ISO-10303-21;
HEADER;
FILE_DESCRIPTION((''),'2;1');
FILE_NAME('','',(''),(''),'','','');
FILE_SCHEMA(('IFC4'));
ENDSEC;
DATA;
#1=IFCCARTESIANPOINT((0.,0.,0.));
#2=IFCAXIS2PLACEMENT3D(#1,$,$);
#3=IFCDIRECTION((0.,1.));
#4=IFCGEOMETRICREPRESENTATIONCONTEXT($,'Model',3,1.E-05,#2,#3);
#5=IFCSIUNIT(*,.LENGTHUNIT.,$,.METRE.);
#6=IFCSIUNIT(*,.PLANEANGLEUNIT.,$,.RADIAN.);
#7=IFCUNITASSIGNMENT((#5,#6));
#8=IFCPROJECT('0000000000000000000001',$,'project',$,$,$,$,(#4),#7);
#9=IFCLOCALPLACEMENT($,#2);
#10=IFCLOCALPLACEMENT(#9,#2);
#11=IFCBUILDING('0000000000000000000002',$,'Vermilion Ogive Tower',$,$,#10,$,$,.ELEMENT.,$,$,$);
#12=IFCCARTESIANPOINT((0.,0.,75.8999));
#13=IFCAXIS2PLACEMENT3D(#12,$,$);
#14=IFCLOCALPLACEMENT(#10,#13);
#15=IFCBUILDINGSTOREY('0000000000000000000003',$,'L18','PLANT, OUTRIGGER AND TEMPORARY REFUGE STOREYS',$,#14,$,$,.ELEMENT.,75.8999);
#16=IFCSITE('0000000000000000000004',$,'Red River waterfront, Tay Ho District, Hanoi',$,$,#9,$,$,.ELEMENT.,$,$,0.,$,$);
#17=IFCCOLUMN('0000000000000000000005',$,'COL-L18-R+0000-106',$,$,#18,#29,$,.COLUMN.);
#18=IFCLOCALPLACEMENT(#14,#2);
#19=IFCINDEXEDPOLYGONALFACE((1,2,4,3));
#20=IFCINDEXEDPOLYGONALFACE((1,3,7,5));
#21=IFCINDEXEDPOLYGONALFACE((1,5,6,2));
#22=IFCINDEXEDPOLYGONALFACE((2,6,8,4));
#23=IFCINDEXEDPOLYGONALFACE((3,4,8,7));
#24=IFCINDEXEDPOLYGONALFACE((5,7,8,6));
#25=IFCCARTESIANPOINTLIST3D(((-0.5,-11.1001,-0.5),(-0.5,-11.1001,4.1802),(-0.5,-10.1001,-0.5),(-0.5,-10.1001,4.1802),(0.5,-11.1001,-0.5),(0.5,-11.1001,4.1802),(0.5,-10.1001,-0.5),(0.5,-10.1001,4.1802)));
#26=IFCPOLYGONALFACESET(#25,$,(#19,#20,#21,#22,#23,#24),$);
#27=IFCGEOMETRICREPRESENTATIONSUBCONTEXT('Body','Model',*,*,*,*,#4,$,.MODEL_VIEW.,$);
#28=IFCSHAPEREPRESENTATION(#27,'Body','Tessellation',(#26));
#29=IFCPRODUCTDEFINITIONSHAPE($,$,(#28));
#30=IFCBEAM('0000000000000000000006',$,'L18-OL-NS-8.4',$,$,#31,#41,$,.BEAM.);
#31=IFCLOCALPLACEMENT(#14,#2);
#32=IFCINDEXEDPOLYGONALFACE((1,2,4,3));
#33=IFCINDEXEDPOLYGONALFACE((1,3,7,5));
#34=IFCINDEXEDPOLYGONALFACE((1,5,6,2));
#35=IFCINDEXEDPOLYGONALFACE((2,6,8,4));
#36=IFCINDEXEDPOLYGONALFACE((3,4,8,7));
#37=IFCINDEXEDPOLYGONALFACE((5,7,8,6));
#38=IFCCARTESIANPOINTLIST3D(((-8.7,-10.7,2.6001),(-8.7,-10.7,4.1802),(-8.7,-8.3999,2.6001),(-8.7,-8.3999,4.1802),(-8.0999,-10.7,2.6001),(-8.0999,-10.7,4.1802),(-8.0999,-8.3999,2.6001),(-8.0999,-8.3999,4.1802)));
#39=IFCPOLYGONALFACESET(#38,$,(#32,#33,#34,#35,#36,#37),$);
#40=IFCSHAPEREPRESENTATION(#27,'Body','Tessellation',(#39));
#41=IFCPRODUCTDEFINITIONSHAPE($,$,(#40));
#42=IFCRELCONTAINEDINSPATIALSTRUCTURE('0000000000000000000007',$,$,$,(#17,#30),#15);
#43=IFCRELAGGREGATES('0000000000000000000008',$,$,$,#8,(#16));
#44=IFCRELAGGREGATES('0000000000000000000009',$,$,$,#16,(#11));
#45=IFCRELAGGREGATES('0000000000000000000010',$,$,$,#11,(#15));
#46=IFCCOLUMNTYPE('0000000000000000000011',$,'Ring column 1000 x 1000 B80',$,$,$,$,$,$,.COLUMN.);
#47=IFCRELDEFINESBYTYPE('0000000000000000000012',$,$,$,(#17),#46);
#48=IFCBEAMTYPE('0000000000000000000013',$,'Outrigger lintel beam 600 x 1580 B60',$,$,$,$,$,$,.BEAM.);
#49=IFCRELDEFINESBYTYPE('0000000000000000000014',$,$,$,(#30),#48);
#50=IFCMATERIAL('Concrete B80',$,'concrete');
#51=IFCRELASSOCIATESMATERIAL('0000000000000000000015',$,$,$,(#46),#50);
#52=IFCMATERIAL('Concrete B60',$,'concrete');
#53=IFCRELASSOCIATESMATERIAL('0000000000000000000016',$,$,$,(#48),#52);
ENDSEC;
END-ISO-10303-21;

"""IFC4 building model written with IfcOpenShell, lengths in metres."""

from ifc_helpers import new_model, si_unit, direction, frame, origin, origin_2d, place, context, subcontext, project, spatial, rectangle, extrude, material, material_profile, profile_set, type_object, element, save


model = new_model("IFC4")

# Units and contexts
model_context = context("Model", 3, precision=1e-05, world=origin(), true_north=direction((0.0, 1.0)))
body_context = subcontext(model_context, "Body", "Model", "MODEL_VIEW")
ifc_project = project(units=[si_unit("LENGTHUNIT", "METRE"), si_unit("PLANEANGLEUNIT", "RADIAN")], contexts=[model_context])

# Site, building, storey
site_placement = place(None, origin())
site = spatial("IfcSite", under=ifc_project, at=site_placement, Name="Red River waterfront, Tay Ho District, Hanoi", CompositionType="ELEMENT", RefElevation=0.0)
building_placement = place(site_placement, origin())
building = spatial("IfcBuilding", under=site, at=building_placement, Name="Vermilion Ogive Tower", CompositionType="ELEMENT")
storey_placement = place(building_placement, frame((0.0, 0.0, 75.8999)))
storey = spatial("IfcBuildingStorey", under=building, at=storey_placement, Name="L18", Description="PLANT, OUTRIGGER AND TEMPORARY REFUGE STOREYS", CompositionType="ELEMENT", Elevation=75.8999)

# Column
ifc_material_1 = material(Name="Concrete B80", Category="concrete")
ifc_material_profile_1 = material_profile(ifc_material_1, rectangle(XDim=1.0, YDim=1.0, at=origin_2d()), Name="1000 x 1000")
ifc_profile_set_1 = profile_set([ifc_material_profile_1], Name="Concrete B80")
column_type = type_object("IfcColumnType", Name="Ring column 1000 x 1000 B80", PredefinedType="COLUMN", material=ifc_profile_set_1)
column_placement = place(storey_placement, frame((0.0, -10.6001, -0.5), z_axis=(0.0, 0.0, 1.0), x_axis=(1.0, 0.0, 0.0)))
element("IfcColumn", 1, at=column_placement, inside=storey, type_object=column_type, Name="COL-L18-R+0000-106", PredefinedType="COLUMN", context=body_context, shape_type="SweptSolid", body=[
    extrude(rectangle(XDim=1.0, YDim=1.0, at=origin_2d()), origin(), (0.0, 0.0, 1.0), 4.6802),
])

# Beam
ifc_material_2 = material(Name="Concrete B60", Category="concrete")
ifc_material_profile_2 = material_profile(ifc_material_2, rectangle(XDim=0.6001, YDim=1.5801, at=origin_2d()), Name="600 x 1580")
ifc_profile_set_2 = profile_set([ifc_material_profile_2], Name="Concrete B60")
beam_type = type_object("IfcBeamType", Name="Outrigger lintel beam 600 x 1580 B60", PredefinedType="BEAM", material=ifc_profile_set_2)
beam_placement = place(storey_placement, frame((-8.3999, -8.3999, 3.3901), z_axis=(0.0, -1.0, 0.0), x_axis=(1.0, 0.0, 0.0)))
element("IfcBeam", 2, at=beam_placement, inside=storey, type_object=beam_type, Name="L18-OL-NS-8.4", PredefinedType="BEAM", context=body_context, shape_type="SweptSolid", body=[
    extrude(rectangle(XDim=0.6001, YDim=1.5801, at=origin_2d()), origin(), (0.0, 0.0, 1.0), 2.3),
])

save(model, "model.ifc")
